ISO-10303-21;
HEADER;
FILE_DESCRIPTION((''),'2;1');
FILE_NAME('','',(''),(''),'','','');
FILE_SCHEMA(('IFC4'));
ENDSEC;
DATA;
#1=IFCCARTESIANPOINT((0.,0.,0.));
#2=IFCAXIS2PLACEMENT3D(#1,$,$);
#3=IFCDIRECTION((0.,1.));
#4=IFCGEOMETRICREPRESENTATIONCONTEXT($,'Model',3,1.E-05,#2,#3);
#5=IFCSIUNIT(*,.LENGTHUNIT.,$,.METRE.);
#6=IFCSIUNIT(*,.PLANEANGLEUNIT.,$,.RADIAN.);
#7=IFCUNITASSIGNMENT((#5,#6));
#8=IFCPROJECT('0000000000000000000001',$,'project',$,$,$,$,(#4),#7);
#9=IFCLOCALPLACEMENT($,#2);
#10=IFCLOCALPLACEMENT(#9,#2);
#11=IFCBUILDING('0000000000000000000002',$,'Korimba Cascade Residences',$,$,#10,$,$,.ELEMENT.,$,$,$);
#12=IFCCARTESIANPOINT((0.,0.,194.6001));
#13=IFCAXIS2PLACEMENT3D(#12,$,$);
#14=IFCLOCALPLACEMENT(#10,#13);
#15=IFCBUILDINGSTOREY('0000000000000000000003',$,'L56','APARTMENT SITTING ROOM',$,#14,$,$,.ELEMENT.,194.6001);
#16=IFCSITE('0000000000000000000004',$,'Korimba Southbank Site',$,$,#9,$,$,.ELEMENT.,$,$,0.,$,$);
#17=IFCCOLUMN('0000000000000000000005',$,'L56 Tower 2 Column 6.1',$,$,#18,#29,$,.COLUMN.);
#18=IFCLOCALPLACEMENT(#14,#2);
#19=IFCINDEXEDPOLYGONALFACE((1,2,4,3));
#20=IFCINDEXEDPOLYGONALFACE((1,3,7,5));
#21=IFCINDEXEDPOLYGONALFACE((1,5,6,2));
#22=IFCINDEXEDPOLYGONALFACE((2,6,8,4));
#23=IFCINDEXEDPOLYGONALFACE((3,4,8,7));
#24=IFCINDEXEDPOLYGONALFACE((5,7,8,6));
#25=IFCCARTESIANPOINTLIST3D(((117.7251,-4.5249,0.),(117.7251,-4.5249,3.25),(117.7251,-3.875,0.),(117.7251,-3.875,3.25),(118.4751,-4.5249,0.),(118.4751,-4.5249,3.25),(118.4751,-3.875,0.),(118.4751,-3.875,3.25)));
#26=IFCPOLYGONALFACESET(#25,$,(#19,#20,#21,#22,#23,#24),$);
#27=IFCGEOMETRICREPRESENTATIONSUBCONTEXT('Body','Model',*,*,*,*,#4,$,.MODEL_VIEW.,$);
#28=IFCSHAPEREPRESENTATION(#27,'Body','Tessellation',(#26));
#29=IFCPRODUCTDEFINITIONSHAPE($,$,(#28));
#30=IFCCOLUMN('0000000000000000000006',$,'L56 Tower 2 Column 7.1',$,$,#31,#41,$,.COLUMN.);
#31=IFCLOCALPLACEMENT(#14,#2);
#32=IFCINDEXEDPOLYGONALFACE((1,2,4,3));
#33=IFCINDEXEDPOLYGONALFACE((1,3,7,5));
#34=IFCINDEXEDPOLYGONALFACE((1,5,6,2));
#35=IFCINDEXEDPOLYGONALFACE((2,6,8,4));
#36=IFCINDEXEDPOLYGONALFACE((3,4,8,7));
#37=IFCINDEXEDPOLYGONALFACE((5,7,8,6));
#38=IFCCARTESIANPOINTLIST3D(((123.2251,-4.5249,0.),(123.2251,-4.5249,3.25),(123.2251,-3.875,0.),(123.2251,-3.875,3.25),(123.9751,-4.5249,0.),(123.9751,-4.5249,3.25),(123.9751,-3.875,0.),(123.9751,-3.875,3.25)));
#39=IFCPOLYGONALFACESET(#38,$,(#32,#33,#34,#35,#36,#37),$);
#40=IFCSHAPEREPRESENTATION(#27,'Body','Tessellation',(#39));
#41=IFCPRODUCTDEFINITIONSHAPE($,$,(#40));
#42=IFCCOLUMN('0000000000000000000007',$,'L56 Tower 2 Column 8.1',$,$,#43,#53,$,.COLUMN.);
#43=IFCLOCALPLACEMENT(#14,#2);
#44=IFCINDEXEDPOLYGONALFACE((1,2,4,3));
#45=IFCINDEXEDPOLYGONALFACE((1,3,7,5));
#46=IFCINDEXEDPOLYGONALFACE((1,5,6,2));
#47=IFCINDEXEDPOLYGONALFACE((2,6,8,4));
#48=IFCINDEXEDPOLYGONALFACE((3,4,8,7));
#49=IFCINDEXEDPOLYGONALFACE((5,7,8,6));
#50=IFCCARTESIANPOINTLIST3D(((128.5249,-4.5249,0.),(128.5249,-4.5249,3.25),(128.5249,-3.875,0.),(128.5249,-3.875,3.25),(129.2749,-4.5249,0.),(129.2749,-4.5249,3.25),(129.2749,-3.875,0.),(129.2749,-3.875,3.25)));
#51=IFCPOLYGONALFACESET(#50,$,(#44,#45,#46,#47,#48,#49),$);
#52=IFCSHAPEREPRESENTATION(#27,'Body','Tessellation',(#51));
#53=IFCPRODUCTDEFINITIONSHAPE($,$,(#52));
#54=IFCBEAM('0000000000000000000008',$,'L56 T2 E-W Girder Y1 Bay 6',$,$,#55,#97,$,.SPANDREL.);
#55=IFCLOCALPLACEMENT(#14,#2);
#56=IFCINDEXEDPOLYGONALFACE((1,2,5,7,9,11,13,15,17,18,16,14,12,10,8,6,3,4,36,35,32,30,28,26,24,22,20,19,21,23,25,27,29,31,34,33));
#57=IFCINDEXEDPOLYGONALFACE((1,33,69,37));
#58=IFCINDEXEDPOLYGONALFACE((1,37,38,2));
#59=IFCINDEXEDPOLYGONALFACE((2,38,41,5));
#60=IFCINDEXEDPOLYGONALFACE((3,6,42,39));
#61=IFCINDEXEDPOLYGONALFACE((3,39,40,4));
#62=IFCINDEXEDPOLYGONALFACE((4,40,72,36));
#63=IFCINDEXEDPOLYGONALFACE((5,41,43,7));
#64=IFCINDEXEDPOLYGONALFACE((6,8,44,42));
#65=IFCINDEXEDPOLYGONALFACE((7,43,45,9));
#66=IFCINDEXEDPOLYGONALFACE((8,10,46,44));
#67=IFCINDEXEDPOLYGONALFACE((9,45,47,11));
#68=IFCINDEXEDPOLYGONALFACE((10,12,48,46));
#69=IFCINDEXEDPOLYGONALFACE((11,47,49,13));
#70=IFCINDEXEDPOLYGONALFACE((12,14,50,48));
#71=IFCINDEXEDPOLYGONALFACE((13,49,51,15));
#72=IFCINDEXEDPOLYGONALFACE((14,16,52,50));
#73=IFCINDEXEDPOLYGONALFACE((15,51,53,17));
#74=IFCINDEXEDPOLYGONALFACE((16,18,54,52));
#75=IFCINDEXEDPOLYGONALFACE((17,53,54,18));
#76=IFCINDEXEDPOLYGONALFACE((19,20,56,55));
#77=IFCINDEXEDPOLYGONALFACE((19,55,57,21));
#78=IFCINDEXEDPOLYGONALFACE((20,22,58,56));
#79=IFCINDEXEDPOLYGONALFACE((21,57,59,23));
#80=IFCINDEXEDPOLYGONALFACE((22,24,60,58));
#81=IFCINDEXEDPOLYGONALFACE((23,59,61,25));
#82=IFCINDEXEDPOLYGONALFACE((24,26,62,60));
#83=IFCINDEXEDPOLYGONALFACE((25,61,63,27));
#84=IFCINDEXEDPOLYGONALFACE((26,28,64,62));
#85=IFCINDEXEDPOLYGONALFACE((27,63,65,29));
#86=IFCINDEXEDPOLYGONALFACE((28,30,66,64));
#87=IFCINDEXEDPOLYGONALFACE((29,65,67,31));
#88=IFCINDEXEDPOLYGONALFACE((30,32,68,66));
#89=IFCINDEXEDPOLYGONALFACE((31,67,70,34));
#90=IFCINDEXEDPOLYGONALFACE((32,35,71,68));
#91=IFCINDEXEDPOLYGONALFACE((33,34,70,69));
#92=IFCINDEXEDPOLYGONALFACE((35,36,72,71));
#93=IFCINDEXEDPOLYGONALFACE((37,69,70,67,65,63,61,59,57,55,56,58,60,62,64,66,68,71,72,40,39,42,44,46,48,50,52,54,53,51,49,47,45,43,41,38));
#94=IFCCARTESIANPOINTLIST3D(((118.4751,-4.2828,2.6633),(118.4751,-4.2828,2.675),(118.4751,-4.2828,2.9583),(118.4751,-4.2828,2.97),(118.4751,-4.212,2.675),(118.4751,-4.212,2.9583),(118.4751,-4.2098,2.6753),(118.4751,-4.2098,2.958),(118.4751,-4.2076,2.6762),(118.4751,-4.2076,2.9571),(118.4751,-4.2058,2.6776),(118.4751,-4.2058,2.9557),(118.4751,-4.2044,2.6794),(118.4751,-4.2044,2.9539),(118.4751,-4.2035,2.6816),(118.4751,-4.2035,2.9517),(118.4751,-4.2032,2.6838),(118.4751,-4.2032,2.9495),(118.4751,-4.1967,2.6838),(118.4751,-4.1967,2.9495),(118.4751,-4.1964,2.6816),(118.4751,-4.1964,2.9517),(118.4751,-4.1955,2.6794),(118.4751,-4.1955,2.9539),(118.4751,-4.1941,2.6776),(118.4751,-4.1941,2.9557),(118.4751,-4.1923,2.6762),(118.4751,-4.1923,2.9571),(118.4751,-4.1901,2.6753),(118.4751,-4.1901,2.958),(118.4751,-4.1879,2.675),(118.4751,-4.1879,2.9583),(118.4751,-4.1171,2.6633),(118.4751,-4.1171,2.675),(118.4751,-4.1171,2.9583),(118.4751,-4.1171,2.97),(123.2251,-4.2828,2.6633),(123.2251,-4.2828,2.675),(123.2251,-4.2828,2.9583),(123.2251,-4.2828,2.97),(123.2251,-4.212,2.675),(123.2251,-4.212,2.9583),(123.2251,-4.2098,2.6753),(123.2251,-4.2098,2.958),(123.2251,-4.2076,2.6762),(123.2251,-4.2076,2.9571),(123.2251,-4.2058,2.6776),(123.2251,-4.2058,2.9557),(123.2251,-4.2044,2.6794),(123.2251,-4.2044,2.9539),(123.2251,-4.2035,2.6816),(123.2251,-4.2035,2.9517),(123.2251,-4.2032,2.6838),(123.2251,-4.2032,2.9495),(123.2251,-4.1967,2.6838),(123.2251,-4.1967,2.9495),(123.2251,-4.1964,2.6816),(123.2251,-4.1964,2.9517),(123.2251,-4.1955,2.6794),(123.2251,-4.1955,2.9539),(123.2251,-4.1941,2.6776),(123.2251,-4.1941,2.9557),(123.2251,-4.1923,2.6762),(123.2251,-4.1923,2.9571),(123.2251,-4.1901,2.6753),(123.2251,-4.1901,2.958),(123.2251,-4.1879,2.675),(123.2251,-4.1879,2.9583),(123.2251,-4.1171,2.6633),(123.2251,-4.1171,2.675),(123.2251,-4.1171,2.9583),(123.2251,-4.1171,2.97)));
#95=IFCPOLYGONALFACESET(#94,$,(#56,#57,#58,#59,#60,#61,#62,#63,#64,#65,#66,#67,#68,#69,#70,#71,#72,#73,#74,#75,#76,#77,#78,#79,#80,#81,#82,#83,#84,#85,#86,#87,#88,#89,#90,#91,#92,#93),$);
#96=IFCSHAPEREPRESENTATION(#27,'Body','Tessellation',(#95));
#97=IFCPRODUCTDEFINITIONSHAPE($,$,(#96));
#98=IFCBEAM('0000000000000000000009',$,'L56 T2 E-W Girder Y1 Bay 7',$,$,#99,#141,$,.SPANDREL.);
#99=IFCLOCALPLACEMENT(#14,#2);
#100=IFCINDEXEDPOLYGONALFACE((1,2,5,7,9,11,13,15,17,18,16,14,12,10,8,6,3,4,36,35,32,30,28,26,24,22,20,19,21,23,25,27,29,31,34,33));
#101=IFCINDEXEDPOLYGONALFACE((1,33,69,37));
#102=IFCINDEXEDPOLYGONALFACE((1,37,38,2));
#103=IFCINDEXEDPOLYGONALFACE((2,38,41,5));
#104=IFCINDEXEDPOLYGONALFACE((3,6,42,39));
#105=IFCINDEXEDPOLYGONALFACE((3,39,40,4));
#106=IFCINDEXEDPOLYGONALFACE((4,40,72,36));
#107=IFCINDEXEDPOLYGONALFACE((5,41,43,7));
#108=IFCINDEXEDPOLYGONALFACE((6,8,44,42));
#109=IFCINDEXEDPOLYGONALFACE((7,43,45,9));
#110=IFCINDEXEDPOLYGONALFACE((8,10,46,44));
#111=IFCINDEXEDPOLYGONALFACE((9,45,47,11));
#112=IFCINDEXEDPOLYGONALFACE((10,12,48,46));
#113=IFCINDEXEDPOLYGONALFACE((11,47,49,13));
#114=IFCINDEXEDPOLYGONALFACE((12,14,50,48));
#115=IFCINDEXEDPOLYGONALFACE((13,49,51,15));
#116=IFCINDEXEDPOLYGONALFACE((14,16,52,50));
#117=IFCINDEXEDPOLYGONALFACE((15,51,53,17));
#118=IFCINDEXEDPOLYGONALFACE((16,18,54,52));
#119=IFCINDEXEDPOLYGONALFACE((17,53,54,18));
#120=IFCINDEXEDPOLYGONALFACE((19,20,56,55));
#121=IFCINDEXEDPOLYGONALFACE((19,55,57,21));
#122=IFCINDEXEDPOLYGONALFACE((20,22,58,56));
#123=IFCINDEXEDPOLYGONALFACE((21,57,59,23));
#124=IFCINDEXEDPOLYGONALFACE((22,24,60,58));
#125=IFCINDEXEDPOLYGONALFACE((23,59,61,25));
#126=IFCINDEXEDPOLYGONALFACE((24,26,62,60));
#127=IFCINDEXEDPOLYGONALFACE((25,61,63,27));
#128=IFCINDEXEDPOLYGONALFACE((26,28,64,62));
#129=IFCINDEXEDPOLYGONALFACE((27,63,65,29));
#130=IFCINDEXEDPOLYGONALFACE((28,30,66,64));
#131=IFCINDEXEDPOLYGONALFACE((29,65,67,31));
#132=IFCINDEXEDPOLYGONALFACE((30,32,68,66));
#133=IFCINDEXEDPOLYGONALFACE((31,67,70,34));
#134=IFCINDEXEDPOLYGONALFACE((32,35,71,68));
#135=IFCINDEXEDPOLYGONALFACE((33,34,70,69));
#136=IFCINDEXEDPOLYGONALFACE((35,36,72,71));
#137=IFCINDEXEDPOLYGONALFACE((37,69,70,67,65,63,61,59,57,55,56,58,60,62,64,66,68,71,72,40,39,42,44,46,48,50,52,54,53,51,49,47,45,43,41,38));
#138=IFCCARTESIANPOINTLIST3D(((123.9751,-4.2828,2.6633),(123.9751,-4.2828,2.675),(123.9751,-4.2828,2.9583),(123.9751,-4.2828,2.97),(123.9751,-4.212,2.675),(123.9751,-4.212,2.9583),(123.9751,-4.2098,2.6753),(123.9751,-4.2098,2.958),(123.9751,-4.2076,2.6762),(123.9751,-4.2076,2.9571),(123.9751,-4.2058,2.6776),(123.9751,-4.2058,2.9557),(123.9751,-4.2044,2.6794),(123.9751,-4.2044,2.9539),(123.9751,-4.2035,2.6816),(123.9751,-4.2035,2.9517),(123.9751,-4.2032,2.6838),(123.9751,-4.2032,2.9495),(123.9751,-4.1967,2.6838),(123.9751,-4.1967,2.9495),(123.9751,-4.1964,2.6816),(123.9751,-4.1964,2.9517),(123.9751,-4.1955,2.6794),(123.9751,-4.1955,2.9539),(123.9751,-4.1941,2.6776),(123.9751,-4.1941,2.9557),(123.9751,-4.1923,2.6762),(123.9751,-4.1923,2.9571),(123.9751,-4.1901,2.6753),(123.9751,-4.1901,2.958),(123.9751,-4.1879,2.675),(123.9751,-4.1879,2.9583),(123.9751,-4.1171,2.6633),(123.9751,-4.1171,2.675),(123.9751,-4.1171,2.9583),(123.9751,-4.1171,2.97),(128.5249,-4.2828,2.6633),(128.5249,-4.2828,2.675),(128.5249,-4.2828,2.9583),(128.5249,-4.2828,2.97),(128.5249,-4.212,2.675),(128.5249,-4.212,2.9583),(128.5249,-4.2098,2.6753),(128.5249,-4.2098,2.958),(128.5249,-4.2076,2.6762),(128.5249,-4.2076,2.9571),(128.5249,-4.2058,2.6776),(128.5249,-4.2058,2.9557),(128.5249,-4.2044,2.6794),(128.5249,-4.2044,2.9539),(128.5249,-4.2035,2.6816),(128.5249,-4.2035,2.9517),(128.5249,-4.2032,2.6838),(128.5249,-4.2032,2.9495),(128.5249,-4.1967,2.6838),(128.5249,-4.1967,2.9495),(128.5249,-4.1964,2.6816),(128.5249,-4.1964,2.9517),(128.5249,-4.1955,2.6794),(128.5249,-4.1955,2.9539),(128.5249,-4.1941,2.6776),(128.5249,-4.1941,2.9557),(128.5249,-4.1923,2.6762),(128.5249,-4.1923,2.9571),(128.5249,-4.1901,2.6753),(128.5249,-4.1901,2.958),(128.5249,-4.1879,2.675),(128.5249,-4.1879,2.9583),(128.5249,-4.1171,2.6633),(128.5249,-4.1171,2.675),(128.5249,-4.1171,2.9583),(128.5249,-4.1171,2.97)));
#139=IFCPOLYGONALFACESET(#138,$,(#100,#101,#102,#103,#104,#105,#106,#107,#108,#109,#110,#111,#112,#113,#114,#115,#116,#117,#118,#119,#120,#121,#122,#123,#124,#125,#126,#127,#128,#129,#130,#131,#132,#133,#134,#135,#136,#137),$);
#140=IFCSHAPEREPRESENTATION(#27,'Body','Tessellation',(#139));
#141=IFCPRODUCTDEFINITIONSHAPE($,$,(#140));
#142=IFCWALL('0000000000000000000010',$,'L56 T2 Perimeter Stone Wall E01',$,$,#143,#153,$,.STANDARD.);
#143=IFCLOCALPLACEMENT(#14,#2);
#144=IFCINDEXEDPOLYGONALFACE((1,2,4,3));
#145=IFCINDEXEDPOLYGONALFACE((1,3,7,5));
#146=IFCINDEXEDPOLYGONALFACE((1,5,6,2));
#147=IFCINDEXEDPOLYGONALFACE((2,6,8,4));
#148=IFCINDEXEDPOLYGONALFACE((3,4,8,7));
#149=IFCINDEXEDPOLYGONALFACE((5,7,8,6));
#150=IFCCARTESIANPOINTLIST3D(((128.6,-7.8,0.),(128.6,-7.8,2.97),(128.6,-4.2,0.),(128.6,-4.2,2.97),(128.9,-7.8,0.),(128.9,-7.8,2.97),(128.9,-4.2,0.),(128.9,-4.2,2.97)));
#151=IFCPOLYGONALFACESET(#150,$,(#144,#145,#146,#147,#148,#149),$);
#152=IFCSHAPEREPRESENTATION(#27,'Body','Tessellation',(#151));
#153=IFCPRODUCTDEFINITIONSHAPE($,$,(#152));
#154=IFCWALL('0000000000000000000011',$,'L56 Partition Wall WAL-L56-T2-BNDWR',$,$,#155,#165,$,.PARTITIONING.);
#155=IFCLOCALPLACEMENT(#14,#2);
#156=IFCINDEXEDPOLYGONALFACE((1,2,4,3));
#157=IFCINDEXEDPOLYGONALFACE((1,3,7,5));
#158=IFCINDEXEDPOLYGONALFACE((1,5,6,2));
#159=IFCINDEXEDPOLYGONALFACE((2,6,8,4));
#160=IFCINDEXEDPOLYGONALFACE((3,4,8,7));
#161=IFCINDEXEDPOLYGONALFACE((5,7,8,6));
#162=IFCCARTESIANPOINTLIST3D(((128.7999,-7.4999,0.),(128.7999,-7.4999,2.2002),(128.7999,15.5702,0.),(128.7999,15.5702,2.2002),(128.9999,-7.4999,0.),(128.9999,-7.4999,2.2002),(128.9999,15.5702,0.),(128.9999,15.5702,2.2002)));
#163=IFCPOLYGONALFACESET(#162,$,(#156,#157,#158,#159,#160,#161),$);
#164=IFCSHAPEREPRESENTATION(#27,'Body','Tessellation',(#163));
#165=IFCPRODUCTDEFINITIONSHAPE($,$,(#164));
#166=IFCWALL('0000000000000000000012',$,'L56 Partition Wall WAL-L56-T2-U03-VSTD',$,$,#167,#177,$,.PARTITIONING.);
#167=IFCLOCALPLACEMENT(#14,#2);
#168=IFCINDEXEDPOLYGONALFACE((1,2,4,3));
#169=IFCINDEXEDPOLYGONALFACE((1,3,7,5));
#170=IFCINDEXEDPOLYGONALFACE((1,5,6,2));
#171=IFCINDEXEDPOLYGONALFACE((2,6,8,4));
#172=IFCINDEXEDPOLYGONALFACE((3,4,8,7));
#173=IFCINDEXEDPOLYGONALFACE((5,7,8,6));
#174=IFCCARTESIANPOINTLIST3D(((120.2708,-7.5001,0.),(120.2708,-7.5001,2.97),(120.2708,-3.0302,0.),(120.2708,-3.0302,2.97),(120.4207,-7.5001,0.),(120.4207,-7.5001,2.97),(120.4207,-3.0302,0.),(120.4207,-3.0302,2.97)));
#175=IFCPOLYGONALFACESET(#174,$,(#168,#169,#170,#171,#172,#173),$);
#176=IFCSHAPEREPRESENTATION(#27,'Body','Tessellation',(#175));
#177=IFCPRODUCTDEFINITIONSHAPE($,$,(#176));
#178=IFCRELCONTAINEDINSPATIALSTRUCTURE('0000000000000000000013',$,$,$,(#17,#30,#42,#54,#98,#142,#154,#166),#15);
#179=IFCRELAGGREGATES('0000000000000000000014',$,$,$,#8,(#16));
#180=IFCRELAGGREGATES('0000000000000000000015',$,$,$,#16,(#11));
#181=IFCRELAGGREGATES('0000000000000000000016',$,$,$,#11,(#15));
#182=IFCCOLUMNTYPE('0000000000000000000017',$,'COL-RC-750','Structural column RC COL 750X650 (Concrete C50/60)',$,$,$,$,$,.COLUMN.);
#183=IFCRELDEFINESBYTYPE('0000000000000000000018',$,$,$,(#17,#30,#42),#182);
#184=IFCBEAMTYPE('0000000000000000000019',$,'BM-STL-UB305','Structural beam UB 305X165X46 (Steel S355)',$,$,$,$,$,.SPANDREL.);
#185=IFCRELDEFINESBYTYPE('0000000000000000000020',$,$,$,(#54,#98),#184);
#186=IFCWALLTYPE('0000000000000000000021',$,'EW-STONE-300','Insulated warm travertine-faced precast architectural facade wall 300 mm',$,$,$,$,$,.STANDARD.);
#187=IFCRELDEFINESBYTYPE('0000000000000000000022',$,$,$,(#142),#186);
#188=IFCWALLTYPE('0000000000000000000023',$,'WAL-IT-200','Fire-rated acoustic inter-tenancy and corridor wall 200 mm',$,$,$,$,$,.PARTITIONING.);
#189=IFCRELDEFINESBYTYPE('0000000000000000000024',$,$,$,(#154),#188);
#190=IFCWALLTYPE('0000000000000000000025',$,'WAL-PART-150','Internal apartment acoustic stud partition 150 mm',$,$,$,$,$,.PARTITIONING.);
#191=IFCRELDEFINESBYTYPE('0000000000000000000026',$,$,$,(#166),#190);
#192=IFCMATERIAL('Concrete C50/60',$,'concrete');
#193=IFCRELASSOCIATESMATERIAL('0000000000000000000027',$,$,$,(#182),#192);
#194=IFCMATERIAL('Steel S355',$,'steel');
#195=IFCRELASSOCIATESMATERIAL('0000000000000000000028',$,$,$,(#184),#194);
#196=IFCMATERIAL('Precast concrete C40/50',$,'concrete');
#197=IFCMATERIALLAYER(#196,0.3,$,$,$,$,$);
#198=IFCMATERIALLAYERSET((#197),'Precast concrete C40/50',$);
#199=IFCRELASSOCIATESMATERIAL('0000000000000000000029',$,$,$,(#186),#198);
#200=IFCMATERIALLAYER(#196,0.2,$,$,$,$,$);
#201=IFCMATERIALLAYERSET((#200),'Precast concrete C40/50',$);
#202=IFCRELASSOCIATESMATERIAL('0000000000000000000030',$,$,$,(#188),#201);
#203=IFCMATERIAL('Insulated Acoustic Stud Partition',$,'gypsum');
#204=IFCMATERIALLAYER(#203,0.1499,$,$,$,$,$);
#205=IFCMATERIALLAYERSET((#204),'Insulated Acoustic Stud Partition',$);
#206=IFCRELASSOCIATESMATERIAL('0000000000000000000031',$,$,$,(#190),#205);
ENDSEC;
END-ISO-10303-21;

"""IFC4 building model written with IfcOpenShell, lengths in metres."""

from ifc_helpers import new_model, si_unit, direction, frame, frame_2d, origin, origin_2d, place, context, subcontext, project, spatial, rectangle, i_section, extrude, material, layer, layer_set, material_profile, profile_set, type_object, element, save


model = new_model("IFC4")

# Units and contexts
model_context = context("Model", 3, precision=1e-05, world=origin(), true_north=direction((0.0, 1.0)))
body_context = subcontext(model_context, "Body", "Model", "MODEL_VIEW")
ifc_project = project(units=[si_unit("LENGTHUNIT", "METRE"), si_unit("PLANEANGLEUNIT", "RADIAN")], contexts=[model_context])

# Site, building, storey
site_placement = place(None, origin())
site = spatial("IfcSite", under=ifc_project, at=site_placement, Name="Korimba Southbank Site", CompositionType="ELEMENT", RefElevation=0.0)
building_placement = place(site_placement, origin())
building = spatial("IfcBuilding", under=site, at=building_placement, Name="Korimba Cascade Residences", CompositionType="ELEMENT")
storey_placement = place(building_placement, frame((0.0, 0.0, 194.6001)))
storey = spatial("IfcBuildingStorey", under=building, at=storey_placement, Name="L56", Description="APARTMENT SITTING ROOM", CompositionType="ELEMENT", Elevation=194.6001)

# Columns
ifc_material_1 = material(Name="Concrete C50/60", Category="concrete")
ifc_material_profile_1 = material_profile(ifc_material_1, rectangle(XDim=0.75, YDim=0.6499, at=origin_2d()), Name="Concrete C50/60")
ifc_profile_set_1 = profile_set([ifc_material_profile_1], Name="Concrete C50/60")
column_type = type_object("IfcColumnType", Name="COL-RC-750", Description="Structural column RC COL 750X650 (Concrete C50/60)", PredefinedType="COLUMN", material=ifc_profile_set_1)
for number, where, z_axis, x_axis, name in (
    (1, (118.1001, -4.2, 0.0), (0.0, 0.0, 1.0), (1.0, 0.0, 0.0), "L56 Tower 2 Column 6.1"),
    (2, (123.6001, -4.2, 0.0), (0.0, 0.0, 1.0), (1.0, 0.0, 0.0), "L56 Tower 2 Column 7.1"),
    (3, (128.8999, -4.2, 0.0), (0.0, 0.0, 1.0), (1.0, 0.0, 0.0), "L56 Tower 2 Column 8.1"),
):
    element("IfcColumn", number, at=place(storey_placement, frame(where, z_axis=z_axis, x_axis=x_axis)), inside=storey, type_object=column_type, Name=name, PredefinedType="COLUMN", context=body_context, shape_type="SweptSolid", body=[
        extrude(rectangle(XDim=0.75, YDim=0.6499, at=origin_2d()), origin(), (0.0, 0.0, 1.0), 3.25),
    ])

# Beams
ifc_material_2 = material(Name="Steel S355", Category="steel")
ifc_material_profile_2 = material_profile(ifc_material_2, i_section(OverallWidth=0.1658, OverallDepth=0.3066, WebThickness=0.0066, FlangeThickness=0.0117, FilletRadius=0.0088, at=origin_2d()), Name="Steel S355")
ifc_profile_set_2 = profile_set([ifc_material_profile_2], Name="Steel S355")
beam_type = type_object("IfcBeamType", Name="BM-STL-UB305", Description="Structural beam UB 305X165X46 (Steel S355)", PredefinedType="SPANDREL", material=ifc_profile_set_2)
beam_1_placement = place(storey_placement, frame((118.4751, -4.2, 2.8167), z_axis=(1.0, 0.0, 0.0), x_axis=(0.0, 1.0, 0.0)))
element("IfcBeam", 4, at=beam_1_placement, inside=storey, type_object=beam_type, Name="L56 T2 E-W Girder Y1 Bay 6", PredefinedType="SPANDREL", context=body_context, shape_type="SweptSolid", body=[
    extrude(i_section(OverallWidth=0.1658, OverallDepth=0.3066, WebThickness=0.0066, FlangeThickness=0.0117, FilletRadius=0.0088, at=origin_2d()), origin(), (0.0, 0.0, 1.0), 4.75),
])
beam_2_placement = place(storey_placement, frame((123.9751, -4.2, 2.8167), z_axis=(1.0, 0.0, 0.0), x_axis=(0.0, 1.0, 0.0)))
element("IfcBeam", 5, at=beam_2_placement, inside=storey, type_object=beam_type, Name="L56 T2 E-W Girder Y1 Bay 7", PredefinedType="SPANDREL", context=body_context, shape_type="SweptSolid", body=[
    extrude(i_section(OverallWidth=0.1658, OverallDepth=0.3066, WebThickness=0.0066, FlangeThickness=0.0117, FilletRadius=0.0088, at=origin_2d()), origin(), (0.0, 0.0, 1.0), 4.5498),
])

# Walls
ifc_material_3 = material(Name="Precast concrete C40/50", Category="concrete")
ifc_layer_1 = layer(ifc_material_3, 0.3)
ifc_layer_set_1 = layer_set([ifc_layer_1], Name="Precast concrete C40/50")
wall_type_1 = type_object("IfcWallType", Name="EW-STONE-300", Description="Insulated warm travertine-faced precast architectural facade wall 300 mm", PredefinedType="STANDARD", material=ifc_layer_set_1)
wall_1_placement = place(storey_placement, frame((128.75, -7.8, 0.0), z_axis=(0.0, 0.0, 1.0), x_axis=(0.0, 1.0, 0.0)))
element("IfcWall", 6, at=wall_1_placement, inside=storey, type_object=wall_type_1, Name="L56 T2 Perimeter Stone Wall E01", PredefinedType="STANDARD", context=body_context, shape_type="SweptSolid", body=[
    extrude(rectangle(XDim=3.6001, YDim=0.3, at=frame_2d((1.8, 0.0))), origin(), (0.0, 0.0, 1.0), 2.97),
])
ifc_layer_2 = layer(ifc_material_3, 0.2)
ifc_layer_set_2 = layer_set([ifc_layer_2], Name="Precast concrete C40/50")
wall_type_2 = type_object("IfcWallType", Name="WAL-IT-200", Description="Fire-rated acoustic inter-tenancy and corridor wall 200 mm", PredefinedType="PARTITIONING", material=ifc_layer_set_2)
wall_2_placement = place(storey_placement, frame((128.8999, -7.5, 0.0), z_axis=(0.0, 0.0, 1.0), x_axis=(0.0, 1.0, 0.0)))
element("IfcWall", 7, at=wall_2_placement, inside=storey, type_object=wall_type_2, Name="L56 Partition Wall WAL-L56-T2-BNDWR", PredefinedType="PARTITIONING", context=body_context, shape_type="SweptSolid", body=[
    extrude(rectangle(XDim=23.0701, YDim=0.2, at=frame_2d((11.5352, 0.0))), origin(), (0.0, 0.0, 1.0), 2.2002),
])
ifc_material_4 = material(Name="Insulated Acoustic Stud Partition", Category="gypsum")
ifc_layer_3 = layer(ifc_material_4, 0.1499)
ifc_layer_set_3 = layer_set([ifc_layer_3], Name="Insulated Acoustic Stud Partition")
wall_type_3 = type_object("IfcWallType", Name="WAL-PART-150", Description="Internal apartment acoustic stud partition 150 mm", PredefinedType="PARTITIONING", material=ifc_layer_set_3)
wall_3_placement = place(storey_placement, frame((120.3457, -7.5, 0.0), z_axis=(0.0, 0.0, 1.0), x_axis=(0.0, 1.0, 0.0)))
element("IfcWall", 8, at=wall_3_placement, inside=storey, type_object=wall_type_3, Name="L56 Partition Wall WAL-L56-T2-U03-VSTD", PredefinedType="PARTITIONING", context=body_context, shape_type="SweptSolid", body=[
    extrude(rectangle(XDim=4.47, YDim=0.1499, at=frame_2d((2.2349, 0.0))), origin(), (0.0, 0.0, 1.0), 2.97),
])

save(model, "model.ifc")
